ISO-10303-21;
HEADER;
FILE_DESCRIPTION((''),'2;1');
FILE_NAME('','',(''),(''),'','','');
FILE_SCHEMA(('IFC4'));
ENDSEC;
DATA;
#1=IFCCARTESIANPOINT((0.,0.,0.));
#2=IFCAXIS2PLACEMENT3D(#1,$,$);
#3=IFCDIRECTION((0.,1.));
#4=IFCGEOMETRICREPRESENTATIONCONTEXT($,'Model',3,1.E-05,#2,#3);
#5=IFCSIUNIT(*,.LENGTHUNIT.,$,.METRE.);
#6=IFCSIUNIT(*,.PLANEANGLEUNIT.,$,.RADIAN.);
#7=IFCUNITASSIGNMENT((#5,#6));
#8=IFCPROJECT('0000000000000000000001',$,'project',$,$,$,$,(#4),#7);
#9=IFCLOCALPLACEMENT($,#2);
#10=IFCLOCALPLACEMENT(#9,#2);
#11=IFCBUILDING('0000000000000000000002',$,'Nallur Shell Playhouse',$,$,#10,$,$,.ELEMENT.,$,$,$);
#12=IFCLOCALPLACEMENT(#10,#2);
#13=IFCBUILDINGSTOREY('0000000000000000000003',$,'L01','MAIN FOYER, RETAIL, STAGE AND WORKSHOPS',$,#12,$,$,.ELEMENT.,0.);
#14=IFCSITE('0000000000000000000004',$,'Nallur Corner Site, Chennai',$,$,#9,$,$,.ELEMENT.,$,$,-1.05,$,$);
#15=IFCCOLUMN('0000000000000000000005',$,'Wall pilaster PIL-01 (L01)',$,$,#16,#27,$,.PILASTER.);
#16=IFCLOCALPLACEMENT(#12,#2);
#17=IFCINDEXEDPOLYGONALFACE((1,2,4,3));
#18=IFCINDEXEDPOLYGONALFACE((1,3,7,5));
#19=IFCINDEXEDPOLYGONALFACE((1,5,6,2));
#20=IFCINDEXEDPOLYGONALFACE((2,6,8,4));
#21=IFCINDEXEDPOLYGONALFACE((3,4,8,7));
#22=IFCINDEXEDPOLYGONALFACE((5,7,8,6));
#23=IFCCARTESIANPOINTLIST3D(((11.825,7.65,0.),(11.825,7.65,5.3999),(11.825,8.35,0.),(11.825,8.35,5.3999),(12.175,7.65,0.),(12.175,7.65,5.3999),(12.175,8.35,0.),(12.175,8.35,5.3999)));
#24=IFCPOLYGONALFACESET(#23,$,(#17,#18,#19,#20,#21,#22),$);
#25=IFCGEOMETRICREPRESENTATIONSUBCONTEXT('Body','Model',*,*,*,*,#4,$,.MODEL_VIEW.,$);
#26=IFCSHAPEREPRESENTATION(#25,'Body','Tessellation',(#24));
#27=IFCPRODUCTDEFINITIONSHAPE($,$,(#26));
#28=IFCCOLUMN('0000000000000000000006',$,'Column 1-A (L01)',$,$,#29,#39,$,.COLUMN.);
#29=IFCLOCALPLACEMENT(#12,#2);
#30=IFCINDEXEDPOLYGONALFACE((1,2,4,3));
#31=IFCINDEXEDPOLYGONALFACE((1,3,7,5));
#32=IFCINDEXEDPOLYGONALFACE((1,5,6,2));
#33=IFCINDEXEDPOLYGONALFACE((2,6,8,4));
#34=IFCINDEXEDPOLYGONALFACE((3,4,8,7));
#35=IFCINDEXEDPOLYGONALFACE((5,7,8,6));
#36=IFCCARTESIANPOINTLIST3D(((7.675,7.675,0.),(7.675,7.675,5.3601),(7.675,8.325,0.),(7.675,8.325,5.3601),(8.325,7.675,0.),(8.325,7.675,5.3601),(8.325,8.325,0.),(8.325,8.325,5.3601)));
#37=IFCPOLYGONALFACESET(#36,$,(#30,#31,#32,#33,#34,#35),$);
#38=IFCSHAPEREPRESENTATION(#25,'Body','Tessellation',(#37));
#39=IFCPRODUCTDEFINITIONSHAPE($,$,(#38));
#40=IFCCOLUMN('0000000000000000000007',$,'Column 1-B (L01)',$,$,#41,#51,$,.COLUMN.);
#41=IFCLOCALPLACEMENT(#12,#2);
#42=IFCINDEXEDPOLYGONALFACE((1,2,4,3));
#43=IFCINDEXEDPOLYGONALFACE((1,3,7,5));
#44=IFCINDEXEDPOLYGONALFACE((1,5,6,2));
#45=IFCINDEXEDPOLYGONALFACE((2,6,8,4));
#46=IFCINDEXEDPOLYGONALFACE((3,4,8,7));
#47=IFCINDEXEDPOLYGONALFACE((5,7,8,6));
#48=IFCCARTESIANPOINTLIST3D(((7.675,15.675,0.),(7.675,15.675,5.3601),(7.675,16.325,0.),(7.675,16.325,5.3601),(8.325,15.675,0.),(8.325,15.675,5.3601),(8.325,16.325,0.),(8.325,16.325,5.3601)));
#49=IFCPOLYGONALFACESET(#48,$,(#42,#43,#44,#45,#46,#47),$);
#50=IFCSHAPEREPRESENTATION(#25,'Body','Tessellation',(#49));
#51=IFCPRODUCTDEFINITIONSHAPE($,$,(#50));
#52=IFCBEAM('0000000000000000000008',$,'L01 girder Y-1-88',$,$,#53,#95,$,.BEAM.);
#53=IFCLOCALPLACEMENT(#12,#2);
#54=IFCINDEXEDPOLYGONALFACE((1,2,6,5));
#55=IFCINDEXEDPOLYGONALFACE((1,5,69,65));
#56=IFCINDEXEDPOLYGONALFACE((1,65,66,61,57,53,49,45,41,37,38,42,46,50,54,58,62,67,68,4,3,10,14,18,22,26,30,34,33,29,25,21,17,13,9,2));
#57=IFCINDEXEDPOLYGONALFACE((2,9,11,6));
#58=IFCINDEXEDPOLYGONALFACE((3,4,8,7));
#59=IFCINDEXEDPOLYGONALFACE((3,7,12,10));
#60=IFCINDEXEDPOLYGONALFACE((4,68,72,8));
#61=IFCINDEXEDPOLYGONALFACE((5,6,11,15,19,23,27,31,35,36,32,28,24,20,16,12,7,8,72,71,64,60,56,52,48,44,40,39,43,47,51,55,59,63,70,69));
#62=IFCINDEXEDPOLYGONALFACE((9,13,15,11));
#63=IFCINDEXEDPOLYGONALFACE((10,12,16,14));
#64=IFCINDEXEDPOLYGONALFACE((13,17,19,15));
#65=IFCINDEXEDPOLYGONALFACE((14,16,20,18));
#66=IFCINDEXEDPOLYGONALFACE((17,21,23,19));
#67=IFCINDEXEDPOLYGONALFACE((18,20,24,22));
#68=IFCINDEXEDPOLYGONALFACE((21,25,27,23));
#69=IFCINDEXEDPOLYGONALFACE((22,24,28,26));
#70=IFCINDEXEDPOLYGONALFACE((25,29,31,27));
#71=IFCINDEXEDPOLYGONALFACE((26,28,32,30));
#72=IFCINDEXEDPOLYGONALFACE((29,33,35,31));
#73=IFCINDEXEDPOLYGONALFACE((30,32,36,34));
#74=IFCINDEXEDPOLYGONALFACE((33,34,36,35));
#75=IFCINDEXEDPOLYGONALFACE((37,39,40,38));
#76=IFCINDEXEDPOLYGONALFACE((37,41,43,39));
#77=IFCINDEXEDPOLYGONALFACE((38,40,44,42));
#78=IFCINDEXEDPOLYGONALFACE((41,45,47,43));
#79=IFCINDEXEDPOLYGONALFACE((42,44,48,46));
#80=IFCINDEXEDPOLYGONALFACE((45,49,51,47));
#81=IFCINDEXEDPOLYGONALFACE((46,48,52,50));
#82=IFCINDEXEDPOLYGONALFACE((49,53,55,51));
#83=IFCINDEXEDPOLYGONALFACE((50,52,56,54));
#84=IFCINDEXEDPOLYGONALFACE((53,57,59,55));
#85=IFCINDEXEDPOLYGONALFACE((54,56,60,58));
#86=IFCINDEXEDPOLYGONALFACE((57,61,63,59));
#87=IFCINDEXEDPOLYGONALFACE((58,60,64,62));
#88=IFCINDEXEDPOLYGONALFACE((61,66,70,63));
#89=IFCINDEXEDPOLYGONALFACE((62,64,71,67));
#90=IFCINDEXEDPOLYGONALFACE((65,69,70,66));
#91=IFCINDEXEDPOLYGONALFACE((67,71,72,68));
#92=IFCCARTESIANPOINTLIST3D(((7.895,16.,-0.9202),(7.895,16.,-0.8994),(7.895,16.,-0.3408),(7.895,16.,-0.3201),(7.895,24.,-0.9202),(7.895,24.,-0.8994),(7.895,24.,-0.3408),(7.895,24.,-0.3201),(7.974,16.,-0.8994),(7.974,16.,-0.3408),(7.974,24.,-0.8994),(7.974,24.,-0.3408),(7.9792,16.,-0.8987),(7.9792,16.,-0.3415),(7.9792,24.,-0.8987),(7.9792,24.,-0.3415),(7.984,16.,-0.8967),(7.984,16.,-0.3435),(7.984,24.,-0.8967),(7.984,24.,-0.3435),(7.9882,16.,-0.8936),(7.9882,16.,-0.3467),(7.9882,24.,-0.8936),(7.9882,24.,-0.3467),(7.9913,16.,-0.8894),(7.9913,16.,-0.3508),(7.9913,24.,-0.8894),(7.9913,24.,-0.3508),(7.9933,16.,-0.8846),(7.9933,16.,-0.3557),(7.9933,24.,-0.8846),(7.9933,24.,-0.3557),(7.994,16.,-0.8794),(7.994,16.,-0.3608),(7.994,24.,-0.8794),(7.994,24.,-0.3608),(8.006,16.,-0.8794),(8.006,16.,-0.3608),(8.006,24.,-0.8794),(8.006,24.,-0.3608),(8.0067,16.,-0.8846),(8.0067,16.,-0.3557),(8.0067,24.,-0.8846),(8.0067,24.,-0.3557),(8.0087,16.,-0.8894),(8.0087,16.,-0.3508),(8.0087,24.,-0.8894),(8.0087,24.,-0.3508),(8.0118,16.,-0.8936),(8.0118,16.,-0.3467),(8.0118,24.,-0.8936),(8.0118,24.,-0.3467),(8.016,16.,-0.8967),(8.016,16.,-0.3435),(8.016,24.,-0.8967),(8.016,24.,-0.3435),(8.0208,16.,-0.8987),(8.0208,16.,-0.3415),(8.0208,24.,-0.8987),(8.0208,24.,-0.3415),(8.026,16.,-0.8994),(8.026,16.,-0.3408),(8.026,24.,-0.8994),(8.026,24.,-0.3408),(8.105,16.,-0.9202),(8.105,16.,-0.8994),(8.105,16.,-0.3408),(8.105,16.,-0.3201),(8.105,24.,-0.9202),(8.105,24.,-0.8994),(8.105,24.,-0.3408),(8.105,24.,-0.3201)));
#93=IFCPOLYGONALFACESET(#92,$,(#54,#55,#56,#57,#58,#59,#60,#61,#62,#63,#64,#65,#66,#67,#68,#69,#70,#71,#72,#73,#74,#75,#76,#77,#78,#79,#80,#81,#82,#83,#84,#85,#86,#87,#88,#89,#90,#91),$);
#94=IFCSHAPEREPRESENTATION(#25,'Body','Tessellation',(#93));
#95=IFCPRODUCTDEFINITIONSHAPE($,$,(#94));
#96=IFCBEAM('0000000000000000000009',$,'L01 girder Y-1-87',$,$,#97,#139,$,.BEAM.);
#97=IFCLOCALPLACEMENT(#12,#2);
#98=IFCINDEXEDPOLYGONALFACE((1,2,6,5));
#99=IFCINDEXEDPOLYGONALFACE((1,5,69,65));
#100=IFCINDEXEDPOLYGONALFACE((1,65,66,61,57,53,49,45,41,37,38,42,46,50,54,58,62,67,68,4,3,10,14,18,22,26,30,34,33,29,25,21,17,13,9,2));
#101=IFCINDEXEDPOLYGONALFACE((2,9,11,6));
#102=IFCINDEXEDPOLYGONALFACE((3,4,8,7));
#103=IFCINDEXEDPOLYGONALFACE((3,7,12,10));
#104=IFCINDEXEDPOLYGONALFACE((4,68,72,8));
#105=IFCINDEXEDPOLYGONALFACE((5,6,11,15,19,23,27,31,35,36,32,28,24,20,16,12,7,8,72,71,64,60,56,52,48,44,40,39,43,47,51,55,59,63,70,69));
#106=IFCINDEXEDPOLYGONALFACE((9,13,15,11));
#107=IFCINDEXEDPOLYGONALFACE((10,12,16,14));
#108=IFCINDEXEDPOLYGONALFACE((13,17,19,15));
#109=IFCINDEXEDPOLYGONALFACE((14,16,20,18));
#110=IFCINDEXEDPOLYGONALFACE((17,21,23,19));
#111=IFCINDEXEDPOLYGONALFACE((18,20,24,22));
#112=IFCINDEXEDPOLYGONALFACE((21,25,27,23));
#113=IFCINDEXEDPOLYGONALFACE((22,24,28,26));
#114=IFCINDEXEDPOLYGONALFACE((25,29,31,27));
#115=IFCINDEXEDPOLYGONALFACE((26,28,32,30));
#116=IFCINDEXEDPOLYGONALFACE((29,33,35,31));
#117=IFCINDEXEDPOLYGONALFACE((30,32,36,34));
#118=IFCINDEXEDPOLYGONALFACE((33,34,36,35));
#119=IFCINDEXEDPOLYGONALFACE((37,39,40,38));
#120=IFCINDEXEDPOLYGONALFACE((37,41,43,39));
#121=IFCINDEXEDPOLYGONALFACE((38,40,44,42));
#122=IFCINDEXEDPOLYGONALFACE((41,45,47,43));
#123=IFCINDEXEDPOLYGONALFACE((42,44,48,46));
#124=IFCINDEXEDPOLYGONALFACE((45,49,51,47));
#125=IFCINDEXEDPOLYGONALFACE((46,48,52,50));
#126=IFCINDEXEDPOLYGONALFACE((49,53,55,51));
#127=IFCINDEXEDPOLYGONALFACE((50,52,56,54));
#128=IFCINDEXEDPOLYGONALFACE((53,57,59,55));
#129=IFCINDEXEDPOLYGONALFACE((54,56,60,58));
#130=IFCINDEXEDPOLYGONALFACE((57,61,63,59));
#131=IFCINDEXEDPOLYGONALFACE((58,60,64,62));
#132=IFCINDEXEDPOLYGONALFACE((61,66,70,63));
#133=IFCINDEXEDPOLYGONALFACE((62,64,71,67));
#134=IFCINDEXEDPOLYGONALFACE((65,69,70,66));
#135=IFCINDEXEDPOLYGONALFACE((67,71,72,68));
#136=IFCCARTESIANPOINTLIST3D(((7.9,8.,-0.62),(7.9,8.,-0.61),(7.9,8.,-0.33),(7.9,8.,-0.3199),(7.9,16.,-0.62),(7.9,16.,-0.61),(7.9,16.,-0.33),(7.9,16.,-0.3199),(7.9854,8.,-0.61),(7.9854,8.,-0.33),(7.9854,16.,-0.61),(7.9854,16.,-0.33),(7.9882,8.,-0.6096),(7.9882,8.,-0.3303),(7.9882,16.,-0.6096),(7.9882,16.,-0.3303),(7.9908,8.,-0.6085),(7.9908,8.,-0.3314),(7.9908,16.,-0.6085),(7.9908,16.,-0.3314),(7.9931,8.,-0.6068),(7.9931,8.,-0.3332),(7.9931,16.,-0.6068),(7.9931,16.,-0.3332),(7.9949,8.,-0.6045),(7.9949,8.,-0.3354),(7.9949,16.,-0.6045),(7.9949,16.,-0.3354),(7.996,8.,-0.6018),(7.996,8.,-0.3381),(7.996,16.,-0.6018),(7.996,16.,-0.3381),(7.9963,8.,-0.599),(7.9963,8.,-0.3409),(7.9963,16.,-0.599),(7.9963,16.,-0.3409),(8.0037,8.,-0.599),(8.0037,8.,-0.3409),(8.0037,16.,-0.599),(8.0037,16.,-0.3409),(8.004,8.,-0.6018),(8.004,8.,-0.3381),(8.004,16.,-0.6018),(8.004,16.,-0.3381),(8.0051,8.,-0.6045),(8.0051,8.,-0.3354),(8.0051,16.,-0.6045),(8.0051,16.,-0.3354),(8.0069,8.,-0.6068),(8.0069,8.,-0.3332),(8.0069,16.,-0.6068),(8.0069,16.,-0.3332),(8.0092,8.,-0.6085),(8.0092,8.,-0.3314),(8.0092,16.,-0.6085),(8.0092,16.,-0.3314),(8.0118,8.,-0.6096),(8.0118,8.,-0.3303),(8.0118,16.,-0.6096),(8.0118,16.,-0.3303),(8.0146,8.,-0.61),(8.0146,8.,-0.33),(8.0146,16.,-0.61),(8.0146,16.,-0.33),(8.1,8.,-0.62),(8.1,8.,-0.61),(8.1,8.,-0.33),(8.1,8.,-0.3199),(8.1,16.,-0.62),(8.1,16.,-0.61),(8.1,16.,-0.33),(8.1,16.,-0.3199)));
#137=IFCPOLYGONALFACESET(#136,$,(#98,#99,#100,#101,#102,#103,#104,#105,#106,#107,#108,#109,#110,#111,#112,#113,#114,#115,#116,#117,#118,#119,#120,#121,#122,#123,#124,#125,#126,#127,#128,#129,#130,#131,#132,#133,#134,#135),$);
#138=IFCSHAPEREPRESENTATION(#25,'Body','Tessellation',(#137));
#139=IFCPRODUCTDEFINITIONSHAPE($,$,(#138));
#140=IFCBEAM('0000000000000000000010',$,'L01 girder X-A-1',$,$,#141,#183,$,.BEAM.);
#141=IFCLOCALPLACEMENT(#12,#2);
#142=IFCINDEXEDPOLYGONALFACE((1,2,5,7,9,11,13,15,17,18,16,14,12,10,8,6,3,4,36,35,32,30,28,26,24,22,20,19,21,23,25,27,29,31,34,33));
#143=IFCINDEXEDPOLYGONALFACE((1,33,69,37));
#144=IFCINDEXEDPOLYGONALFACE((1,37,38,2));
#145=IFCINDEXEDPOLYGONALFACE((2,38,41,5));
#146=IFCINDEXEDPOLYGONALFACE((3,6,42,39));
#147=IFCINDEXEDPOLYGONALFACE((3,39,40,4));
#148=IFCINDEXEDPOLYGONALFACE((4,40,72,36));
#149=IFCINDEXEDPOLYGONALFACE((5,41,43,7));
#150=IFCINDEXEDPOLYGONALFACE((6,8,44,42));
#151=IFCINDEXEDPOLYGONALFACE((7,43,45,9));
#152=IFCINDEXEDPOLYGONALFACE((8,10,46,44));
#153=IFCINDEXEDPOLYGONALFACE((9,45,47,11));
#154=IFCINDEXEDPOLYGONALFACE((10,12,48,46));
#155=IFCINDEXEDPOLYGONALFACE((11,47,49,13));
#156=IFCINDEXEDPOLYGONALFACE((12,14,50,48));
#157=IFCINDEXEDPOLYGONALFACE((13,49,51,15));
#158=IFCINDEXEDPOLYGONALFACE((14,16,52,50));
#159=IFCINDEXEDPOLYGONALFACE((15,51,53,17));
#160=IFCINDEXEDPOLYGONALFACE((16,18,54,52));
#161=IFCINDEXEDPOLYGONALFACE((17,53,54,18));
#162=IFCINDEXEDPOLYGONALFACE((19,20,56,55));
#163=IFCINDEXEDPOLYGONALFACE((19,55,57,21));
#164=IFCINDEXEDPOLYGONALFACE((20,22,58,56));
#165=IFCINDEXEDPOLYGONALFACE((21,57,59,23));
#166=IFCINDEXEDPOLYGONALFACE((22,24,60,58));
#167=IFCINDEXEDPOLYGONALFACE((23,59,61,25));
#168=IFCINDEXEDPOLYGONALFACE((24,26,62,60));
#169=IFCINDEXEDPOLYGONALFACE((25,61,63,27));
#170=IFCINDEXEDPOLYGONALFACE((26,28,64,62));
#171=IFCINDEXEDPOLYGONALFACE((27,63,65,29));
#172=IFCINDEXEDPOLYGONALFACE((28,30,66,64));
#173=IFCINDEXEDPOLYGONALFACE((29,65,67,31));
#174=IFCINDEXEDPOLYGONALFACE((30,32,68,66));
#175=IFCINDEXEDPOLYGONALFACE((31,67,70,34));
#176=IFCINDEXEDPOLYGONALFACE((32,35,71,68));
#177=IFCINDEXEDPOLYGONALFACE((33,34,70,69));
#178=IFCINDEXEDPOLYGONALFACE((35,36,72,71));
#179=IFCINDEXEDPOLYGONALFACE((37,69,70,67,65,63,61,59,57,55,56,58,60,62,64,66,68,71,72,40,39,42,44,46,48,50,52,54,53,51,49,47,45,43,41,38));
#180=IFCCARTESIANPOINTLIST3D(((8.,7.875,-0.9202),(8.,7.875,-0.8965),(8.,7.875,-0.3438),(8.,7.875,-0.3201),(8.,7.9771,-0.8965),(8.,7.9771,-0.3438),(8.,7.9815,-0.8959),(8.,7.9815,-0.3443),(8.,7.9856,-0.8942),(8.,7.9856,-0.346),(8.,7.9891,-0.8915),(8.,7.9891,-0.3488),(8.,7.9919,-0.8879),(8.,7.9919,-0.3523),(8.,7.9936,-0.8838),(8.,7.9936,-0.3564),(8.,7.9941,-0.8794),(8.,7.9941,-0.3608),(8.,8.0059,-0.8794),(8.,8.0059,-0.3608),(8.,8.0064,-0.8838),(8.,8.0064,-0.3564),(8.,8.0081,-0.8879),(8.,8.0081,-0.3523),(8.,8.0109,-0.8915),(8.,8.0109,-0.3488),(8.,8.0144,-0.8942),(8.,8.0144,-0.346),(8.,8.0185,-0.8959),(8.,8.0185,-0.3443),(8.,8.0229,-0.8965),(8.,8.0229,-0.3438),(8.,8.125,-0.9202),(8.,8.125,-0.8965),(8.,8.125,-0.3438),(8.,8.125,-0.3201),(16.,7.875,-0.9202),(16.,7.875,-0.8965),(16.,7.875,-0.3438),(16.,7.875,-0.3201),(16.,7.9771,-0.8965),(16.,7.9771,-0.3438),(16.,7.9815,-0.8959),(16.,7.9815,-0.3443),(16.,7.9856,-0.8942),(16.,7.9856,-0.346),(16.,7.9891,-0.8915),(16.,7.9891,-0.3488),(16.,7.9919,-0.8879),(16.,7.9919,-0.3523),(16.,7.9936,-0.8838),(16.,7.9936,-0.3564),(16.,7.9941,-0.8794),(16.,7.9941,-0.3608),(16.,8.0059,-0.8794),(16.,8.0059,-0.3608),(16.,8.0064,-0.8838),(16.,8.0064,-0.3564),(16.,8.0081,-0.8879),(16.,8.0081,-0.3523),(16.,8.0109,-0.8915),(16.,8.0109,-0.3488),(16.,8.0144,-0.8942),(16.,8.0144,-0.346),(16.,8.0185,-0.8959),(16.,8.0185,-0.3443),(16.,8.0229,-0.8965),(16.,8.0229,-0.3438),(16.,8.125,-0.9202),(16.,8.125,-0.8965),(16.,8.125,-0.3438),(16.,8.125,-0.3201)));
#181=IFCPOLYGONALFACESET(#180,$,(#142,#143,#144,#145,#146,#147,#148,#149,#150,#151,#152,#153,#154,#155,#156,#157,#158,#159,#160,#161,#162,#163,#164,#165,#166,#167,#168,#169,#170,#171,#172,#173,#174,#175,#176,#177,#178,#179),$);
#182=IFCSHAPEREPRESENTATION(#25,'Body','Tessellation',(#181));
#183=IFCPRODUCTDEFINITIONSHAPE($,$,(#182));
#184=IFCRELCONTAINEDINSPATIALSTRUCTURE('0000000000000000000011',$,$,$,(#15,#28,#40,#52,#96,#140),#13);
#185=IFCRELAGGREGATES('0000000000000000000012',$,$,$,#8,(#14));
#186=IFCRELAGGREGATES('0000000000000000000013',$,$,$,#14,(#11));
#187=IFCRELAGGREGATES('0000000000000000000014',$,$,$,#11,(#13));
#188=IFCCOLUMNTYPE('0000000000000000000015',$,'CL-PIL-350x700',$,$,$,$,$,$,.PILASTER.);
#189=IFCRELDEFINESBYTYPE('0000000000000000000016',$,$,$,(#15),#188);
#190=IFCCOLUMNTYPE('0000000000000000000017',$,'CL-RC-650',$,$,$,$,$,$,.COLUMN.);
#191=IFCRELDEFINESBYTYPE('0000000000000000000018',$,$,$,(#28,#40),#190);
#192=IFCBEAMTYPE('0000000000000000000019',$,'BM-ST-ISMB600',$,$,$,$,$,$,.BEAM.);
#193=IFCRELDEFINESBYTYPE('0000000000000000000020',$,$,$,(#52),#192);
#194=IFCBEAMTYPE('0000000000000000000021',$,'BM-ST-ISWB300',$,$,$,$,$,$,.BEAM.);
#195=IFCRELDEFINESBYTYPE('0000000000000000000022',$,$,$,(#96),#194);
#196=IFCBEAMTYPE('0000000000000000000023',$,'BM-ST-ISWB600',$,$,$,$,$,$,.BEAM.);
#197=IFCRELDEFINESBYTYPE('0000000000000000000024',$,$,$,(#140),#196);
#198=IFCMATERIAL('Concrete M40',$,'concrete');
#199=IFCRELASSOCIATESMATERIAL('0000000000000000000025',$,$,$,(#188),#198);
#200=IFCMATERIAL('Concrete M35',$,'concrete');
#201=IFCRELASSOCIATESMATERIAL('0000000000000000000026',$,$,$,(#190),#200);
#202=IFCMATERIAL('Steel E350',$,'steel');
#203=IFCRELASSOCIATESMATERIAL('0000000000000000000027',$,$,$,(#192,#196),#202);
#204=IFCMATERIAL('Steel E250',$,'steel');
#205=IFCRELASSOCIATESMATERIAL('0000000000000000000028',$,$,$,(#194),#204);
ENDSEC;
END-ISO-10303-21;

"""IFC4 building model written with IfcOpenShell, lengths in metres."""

from ifc_helpers import new_model, si_unit, direction, frame, origin, origin_2d, place, context, subcontext, project, spatial, rectangle, i_section, extrude, material, material_profile, profile_set, type_object, element, save


model = new_model("IFC4")

# Units and contexts
model_context = context("Model", 3, precision=1e-05, world=origin(), true_north=direction((0.0, 1.0)))
body_context = subcontext(model_context, "Body", "Model", "MODEL_VIEW")
ifc_project = project(units=[si_unit("LENGTHUNIT", "METRE"), si_unit("PLANEANGLEUNIT", "RADIAN")], contexts=[model_context])

# Site, building, storey
site_placement = place(None, origin())
site = spatial("IfcSite", under=ifc_project, at=site_placement, Name="Nallur Corner Site, Chennai", CompositionType="ELEMENT", RefElevation=-1.05)
building_placement = place(site_placement, origin())
building = spatial("IfcBuilding", under=site, at=building_placement, Name="Nallur Shell Playhouse", CompositionType="ELEMENT")
storey_placement = place(building_placement, origin())
storey = spatial("IfcBuildingStorey", under=building, at=storey_placement, Name="L01", Description="MAIN FOYER, RETAIL, STAGE AND WORKSHOPS", CompositionType="ELEMENT", Elevation=0.0)

# Columns
ifc_material_1 = material(Name="Concrete M40", Category="concrete")
ifc_material_profile_1 = material_profile(ifc_material_1, rectangle(XDim=0.3501, YDim=0.7, at=origin_2d()), Name="RC 350x700")
ifc_profile_set_1 = profile_set([ifc_material_profile_1], Name="Concrete M40")
column_type_1 = type_object("IfcColumnType", Name="CL-PIL-350x700", PredefinedType="PILASTER", material=ifc_profile_set_1)
column_placement = place(storey_placement, frame((12.0, 8.0, 0.0), z_axis=(0.0, 0.0, 1.0), x_axis=(1.0, 0.0, 0.0)))
element("IfcColumn", 1, at=column_placement, inside=storey, type_object=column_type_1, Name="Wall pilaster PIL-01 (L01)", PredefinedType="PILASTER", context=body_context, shape_type="SweptSolid", body=[
    extrude(rectangle(XDim=0.3501, YDim=0.7, at=origin_2d()), origin(), (0.0, 0.0, 1.0), 5.3999),
])
ifc_material_2 = material(Name="Concrete M35", Category="concrete")
ifc_material_profile_2 = material_profile(ifc_material_2, rectangle(XDim=0.6499, YDim=0.6499, at=origin_2d()), Name="RC 650x650")
ifc_profile_set_2 = profile_set([ifc_material_profile_2], Name="Concrete M35")
column_type_2 = type_object("IfcColumnType", Name="CL-RC-650", PredefinedType="COLUMN", material=ifc_profile_set_2)
for number, where, z_axis, x_axis, name in (
    (2, (8.0, 8.0, 0.0), (0.0, 0.0, 1.0), (1.0, 0.0, 0.0), "Column 1-A (L01)"),
    (3, (8.0, 16.0, 0.0), (0.0, 0.0, 1.0), (1.0, 0.0, 0.0), "Column 1-B (L01)"),
):
    element("IfcColumn", number, at=place(storey_placement, frame(where, z_axis=z_axis, x_axis=x_axis)), inside=storey, type_object=column_type_2, Name=name, PredefinedType="COLUMN", context=body_context, shape_type="SweptSolid", body=[
        extrude(rectangle(XDim=0.6499, YDim=0.6499, at=origin_2d()), origin(), (0.0, 0.0, 1.0), 5.3601),
    ])

# Beams
ifc_material_3 = material(Name="Steel E350", Category="steel")
ifc_material_profile_3 = material_profile(ifc_material_3, i_section(OverallWidth=0.21, OverallDepth=0.6001, WebThickness=0.012, FlangeThickness=0.0208, FilletRadius=0.02, at=origin_2d()), Name="ISMB 600")
ifc_profile_set_3 = profile_set([ifc_material_profile_3], Name="Steel E350")
beam_type_1 = type_object("IfcBeamType", Name="BM-ST-ISMB600", PredefinedType="BEAM", material=ifc_profile_set_3)
beam_1_placement = place(storey_placement, frame((8.0, 16.0, -0.6201), z_axis=(0.0, 1.0, 0.0), x_axis=(-1.0, 0.0, 0.0)))
element("IfcBeam", 4, at=beam_1_placement, inside=storey, type_object=beam_type_1, Name="L01 girder Y-1-88", PredefinedType="BEAM", context=body_context, shape_type="SweptSolid", body=[
    extrude(i_section(OverallWidth=0.21, OverallDepth=0.6001, WebThickness=0.012, FlangeThickness=0.0208, FilletRadius=0.02, at=origin_2d()), origin(), (0.0, 0.0, 1.0), 8.0),
])
ifc_material_4 = material(Name="Steel E250", Category="steel")
ifc_material_profile_4 = material_profile(ifc_material_4, i_section(OverallWidth=0.2, OverallDepth=0.3, WebThickness=0.0073, FlangeThickness=0.01, FilletRadius=0.011, at=origin_2d()), Name="ISWB 300")
ifc_profile_set_4 = profile_set([ifc_material_profile_4], Name="Steel E250")
beam_type_2 = type_object("IfcBeamType", Name="BM-ST-ISWB300", PredefinedType="BEAM", material=ifc_profile_set_4)
beam_2_placement = place(storey_placement, frame((8.0, 8.0, -0.47), z_axis=(0.0, 1.0, 0.0), x_axis=(-1.0, 0.0, 0.0)))
element("IfcBeam", 5, at=beam_2_placement, inside=storey, type_object=beam_type_2, Name="L01 girder Y-1-87", PredefinedType="BEAM", context=body_context, shape_type="SweptSolid", body=[
    extrude(i_section(OverallWidth=0.2, OverallDepth=0.3, WebThickness=0.0073, FlangeThickness=0.01, FilletRadius=0.011, at=origin_2d()), origin(), (0.0, 0.0, 1.0), 8.0),
])
ifc_material_profile_5 = material_profile(ifc_material_3, i_section(OverallWidth=0.25, OverallDepth=0.6001, WebThickness=0.0117, FlangeThickness=0.0237, FilletRadius=0.0171, at=origin_2d()), Name="ISWB 600")
ifc_profile_set_5 = profile_set([ifc_material_profile_5], Name="Steel E350")
beam_type_3 = type_object("IfcBeamType", Name="BM-ST-ISWB600", PredefinedType="BEAM", material=ifc_profile_set_5)
beam_3_placement = place(storey_placement, frame((8.0, 8.0, -0.6201), z_axis=(1.0, 0.0, 0.0), x_axis=(0.0, 1.0, 0.0)))
element("IfcBeam", 6, at=beam_3_placement, inside=storey, type_object=beam_type_3, Name="L01 girder X-A-1", PredefinedType="BEAM", context=body_context, shape_type="SweptSolid", body=[
    extrude(i_section(OverallWidth=0.25, OverallDepth=0.6001, WebThickness=0.0117, FlangeThickness=0.0237, FilletRadius=0.0171, at=origin_2d()), origin(), (0.0, 0.0, 1.0), 8.0),
])

save(model, "model.ifc")
